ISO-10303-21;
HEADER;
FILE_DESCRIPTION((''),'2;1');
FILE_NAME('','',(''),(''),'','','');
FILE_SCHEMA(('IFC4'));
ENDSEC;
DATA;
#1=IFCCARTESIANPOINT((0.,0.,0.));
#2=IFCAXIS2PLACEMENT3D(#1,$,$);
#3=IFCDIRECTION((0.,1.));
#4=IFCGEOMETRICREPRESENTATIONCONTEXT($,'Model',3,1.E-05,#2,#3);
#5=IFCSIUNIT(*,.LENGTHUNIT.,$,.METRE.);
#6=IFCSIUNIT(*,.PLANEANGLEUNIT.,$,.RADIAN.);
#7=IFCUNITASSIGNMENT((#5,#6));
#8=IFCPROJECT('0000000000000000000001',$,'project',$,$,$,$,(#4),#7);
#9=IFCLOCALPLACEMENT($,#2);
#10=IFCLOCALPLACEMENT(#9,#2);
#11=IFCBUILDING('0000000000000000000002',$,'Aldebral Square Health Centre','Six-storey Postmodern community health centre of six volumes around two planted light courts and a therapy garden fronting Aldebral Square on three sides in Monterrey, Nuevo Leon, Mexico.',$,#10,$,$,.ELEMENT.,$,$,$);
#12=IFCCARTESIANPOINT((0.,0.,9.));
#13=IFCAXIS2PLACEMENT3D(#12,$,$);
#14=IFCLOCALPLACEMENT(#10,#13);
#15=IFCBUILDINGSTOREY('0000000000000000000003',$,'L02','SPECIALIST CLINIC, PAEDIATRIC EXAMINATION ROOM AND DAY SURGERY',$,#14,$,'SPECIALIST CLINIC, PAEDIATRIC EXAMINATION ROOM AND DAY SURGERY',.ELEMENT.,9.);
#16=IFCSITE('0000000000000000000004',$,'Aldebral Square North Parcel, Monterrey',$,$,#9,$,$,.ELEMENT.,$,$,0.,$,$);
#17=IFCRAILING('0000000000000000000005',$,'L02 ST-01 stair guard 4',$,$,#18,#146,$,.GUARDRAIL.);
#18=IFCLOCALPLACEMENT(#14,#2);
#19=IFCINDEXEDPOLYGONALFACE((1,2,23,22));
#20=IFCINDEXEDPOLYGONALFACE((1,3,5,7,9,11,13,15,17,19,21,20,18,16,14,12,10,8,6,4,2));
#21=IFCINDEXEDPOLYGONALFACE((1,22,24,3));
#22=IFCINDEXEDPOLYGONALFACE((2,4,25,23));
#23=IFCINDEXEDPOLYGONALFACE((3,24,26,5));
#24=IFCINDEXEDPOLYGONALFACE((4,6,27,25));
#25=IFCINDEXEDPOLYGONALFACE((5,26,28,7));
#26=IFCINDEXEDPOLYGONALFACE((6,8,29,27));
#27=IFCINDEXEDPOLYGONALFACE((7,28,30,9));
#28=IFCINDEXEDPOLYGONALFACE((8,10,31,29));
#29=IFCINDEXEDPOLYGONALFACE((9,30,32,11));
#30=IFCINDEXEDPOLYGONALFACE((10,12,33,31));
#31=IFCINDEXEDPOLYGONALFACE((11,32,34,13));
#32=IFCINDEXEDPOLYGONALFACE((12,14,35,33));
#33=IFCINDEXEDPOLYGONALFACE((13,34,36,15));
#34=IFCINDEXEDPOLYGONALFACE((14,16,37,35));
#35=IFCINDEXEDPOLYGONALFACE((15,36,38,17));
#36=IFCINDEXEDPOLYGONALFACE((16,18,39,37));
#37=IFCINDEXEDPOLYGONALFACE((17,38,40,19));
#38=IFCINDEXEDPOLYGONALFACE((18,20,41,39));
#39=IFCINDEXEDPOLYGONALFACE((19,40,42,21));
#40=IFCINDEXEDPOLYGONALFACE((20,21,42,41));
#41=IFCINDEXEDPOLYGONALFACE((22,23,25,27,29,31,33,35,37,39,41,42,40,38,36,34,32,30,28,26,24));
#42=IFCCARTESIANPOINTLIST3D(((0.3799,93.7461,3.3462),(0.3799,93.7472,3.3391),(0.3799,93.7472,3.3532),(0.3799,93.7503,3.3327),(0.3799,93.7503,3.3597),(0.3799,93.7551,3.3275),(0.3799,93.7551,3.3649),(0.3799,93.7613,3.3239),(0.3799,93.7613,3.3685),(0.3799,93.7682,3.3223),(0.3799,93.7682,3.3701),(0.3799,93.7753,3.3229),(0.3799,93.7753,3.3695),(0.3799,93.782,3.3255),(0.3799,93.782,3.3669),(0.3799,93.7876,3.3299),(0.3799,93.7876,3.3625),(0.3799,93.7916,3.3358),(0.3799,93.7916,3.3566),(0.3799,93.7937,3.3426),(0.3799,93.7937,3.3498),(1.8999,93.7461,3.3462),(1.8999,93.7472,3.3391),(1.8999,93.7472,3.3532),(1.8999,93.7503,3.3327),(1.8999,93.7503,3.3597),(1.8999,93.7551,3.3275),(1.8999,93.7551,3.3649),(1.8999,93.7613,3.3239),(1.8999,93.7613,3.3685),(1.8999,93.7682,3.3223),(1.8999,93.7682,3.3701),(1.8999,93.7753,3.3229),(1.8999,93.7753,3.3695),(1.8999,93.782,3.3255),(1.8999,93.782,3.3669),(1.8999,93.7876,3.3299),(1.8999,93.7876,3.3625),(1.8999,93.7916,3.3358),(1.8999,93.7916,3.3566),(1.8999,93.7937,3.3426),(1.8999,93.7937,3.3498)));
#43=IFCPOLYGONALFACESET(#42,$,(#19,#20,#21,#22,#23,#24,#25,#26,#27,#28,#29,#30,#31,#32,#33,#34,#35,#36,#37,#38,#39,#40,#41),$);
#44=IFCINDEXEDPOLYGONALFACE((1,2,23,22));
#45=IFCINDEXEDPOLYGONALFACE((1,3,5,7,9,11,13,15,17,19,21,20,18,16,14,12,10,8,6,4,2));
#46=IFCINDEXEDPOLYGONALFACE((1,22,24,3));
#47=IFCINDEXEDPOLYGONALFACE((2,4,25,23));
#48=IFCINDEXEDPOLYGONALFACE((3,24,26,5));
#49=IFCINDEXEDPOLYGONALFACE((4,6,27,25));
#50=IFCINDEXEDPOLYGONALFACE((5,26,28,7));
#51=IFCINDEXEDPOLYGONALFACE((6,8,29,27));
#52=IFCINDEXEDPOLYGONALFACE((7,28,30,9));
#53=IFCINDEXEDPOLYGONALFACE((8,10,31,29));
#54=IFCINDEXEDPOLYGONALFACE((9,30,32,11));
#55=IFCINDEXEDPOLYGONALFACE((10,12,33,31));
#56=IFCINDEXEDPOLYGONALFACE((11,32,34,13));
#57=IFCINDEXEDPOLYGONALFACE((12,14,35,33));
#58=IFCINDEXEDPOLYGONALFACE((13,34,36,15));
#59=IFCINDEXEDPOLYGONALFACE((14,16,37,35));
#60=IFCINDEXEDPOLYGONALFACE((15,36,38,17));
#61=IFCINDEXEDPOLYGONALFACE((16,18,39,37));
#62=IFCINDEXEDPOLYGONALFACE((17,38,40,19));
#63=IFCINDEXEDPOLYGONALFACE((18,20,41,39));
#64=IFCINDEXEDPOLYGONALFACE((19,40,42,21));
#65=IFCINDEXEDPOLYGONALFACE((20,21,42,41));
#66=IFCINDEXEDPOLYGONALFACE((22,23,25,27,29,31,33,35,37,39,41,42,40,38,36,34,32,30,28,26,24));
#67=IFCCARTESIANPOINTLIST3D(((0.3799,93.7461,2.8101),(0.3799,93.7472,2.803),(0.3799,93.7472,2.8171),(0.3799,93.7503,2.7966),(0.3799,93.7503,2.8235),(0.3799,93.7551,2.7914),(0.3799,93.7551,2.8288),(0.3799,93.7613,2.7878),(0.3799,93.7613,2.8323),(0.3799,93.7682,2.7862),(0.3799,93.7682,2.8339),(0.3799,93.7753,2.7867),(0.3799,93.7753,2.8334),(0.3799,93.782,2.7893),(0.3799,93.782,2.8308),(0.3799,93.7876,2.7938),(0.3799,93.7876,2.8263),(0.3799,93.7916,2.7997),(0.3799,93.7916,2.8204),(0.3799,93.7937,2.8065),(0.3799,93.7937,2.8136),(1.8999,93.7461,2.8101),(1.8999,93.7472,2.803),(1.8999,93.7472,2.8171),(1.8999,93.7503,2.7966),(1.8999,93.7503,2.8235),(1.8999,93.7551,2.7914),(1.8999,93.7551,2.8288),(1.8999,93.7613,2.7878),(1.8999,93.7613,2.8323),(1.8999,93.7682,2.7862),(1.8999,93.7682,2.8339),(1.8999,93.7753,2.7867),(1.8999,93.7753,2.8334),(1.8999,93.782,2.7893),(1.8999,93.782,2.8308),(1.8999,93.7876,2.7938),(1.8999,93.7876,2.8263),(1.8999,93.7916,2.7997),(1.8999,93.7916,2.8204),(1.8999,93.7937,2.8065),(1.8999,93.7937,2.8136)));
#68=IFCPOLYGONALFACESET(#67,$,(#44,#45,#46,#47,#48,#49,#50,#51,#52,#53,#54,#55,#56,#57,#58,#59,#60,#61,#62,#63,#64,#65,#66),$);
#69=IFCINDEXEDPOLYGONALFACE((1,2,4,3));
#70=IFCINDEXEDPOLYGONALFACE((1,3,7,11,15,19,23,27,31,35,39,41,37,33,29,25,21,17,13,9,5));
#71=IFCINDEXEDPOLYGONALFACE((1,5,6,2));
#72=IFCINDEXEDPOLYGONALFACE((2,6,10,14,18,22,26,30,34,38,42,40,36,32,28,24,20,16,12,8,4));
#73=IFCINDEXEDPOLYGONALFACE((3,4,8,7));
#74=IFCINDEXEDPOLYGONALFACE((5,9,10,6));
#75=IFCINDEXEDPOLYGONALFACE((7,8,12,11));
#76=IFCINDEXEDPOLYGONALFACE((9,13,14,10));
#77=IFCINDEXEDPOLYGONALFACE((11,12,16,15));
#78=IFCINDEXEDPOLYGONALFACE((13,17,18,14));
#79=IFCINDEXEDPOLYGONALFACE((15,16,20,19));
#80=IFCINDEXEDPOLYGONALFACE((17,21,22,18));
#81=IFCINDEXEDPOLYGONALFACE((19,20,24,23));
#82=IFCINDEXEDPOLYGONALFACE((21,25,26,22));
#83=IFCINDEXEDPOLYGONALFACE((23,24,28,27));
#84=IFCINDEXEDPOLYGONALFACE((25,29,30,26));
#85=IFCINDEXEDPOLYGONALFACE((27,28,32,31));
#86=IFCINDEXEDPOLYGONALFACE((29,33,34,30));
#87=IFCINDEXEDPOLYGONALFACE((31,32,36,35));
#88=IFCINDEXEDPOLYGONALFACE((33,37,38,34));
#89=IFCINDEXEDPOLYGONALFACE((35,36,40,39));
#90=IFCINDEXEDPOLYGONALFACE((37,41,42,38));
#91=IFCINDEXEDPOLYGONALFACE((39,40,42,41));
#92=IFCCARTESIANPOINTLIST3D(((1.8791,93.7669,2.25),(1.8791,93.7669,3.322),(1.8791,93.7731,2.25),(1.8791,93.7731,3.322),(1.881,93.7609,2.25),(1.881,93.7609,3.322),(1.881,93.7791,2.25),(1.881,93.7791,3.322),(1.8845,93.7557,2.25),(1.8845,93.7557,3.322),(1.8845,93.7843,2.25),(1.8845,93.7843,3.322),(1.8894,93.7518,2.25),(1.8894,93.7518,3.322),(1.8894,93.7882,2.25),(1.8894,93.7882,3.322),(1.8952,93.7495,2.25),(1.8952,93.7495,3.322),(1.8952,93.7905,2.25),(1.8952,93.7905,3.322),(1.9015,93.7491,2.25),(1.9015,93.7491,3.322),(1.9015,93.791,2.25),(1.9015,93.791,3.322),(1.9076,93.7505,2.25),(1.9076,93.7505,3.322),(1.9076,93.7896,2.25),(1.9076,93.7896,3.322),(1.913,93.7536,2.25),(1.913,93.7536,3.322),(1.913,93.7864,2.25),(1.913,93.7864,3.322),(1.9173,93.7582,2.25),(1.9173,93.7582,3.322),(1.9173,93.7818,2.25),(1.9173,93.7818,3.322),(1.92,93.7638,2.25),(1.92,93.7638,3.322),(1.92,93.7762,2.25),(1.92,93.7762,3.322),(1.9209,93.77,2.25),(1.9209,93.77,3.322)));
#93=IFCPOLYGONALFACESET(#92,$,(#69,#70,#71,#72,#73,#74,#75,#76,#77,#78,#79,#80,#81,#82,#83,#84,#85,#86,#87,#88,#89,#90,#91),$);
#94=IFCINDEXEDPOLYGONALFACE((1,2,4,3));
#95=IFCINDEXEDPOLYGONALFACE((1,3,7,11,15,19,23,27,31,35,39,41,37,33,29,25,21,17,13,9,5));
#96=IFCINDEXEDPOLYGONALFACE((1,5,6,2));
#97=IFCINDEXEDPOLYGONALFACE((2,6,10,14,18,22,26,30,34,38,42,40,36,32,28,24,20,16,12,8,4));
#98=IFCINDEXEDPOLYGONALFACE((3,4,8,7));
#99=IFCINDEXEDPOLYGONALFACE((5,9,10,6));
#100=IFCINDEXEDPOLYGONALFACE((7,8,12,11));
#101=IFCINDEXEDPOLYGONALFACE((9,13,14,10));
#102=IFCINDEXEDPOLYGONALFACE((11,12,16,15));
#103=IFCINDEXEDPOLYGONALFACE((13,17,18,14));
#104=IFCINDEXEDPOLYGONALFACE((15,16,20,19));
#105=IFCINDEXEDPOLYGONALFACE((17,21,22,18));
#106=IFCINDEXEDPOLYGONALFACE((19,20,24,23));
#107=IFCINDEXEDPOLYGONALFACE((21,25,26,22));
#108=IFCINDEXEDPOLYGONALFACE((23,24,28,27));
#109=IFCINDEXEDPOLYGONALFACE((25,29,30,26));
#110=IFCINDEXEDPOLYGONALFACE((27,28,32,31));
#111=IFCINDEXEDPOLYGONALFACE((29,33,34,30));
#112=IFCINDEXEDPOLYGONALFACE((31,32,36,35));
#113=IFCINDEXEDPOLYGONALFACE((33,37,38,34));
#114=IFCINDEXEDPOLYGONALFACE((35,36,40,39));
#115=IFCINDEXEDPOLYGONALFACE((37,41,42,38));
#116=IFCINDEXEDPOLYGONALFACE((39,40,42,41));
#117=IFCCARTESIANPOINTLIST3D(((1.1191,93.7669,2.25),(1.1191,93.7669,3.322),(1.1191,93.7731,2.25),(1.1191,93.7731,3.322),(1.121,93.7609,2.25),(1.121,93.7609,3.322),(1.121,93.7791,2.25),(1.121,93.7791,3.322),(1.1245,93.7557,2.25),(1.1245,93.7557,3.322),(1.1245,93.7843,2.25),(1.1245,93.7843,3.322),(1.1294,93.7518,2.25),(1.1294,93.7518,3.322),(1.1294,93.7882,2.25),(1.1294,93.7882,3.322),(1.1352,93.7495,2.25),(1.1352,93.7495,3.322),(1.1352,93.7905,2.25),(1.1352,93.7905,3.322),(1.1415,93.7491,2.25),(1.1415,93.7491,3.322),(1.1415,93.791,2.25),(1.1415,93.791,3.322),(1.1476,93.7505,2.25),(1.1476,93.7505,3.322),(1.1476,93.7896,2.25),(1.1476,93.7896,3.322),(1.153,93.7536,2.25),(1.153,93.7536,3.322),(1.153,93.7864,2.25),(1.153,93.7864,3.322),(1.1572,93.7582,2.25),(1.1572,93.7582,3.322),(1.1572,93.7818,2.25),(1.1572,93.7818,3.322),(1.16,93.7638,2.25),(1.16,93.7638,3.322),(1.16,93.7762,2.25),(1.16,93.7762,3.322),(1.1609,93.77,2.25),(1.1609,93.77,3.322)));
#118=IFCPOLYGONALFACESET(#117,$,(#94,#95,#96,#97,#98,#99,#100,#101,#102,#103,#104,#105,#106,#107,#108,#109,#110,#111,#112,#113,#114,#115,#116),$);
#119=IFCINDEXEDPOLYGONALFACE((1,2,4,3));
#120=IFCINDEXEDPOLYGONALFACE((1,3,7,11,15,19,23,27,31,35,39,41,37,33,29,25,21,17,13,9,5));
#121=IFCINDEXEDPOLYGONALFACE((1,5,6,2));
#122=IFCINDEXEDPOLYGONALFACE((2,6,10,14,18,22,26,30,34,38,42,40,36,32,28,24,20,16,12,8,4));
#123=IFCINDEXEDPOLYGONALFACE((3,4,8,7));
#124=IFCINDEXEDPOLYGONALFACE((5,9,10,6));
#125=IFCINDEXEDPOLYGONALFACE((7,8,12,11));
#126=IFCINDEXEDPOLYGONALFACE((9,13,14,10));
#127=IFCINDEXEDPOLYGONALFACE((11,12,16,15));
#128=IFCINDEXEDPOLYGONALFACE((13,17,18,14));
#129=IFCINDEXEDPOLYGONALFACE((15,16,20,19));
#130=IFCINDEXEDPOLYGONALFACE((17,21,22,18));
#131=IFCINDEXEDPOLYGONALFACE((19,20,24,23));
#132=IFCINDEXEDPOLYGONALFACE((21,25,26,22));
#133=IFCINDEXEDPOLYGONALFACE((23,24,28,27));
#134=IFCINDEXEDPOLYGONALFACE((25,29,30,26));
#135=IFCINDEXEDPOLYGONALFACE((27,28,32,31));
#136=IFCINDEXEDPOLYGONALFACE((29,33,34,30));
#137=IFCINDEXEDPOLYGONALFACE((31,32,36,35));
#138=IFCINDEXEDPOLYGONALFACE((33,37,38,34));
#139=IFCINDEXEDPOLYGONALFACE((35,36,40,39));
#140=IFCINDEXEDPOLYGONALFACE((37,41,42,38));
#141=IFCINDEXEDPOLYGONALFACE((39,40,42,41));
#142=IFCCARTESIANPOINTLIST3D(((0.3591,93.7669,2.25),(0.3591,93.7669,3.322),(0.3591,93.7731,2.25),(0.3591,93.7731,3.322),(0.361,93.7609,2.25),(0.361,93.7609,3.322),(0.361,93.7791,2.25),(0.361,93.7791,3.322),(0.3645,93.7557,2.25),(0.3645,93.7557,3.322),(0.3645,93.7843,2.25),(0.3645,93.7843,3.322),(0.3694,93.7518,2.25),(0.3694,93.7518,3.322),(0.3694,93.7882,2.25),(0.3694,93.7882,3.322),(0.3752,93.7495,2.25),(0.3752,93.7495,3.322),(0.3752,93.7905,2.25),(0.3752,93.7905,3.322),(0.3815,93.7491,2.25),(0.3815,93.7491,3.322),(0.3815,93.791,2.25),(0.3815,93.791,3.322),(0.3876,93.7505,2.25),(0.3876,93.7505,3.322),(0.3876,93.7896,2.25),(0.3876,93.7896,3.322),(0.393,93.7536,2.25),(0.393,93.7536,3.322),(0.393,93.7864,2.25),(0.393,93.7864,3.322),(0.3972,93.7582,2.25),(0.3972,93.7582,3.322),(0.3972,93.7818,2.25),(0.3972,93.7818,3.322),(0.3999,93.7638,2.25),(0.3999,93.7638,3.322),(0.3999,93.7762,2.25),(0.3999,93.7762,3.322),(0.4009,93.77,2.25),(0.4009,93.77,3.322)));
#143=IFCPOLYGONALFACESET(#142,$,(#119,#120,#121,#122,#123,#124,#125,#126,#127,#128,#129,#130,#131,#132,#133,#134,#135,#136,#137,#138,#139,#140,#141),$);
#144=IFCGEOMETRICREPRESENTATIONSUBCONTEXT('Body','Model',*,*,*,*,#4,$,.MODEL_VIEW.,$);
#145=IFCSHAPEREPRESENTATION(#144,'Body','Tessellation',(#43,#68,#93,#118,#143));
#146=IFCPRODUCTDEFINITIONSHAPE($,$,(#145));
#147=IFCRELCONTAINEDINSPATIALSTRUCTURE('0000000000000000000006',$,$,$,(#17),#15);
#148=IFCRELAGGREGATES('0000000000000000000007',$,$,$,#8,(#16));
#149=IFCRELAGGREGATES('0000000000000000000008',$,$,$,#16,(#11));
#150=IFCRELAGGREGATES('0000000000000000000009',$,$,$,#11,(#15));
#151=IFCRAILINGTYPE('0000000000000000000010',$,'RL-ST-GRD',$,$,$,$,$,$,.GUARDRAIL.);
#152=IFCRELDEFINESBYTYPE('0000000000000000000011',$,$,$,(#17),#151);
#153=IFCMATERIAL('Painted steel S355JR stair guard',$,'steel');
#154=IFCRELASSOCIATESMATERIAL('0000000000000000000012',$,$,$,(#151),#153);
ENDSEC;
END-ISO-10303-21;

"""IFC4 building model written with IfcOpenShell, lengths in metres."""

from ifc_helpers import new_model, si_unit, direction, frame, origin, origin_2d, place, context, subcontext, project, spatial, circle, extrude, material, type_object, element, save


model = new_model("IFC4")

# Units and contexts
model_context = context("Model", 3, precision=1e-05, world=origin(), true_north=direction((0.0, 1.0)))
body_context = subcontext(model_context, "Body", "Model", "MODEL_VIEW")
ifc_project = project(units=[si_unit("LENGTHUNIT", "METRE"), si_unit("PLANEANGLEUNIT", "RADIAN")], contexts=[model_context])

# Site, building, storey
site_placement = place(None, origin())
site = spatial("IfcSite", under=ifc_project, at=site_placement, Name="Aldebral Square North Parcel, Monterrey", CompositionType="ELEMENT", RefElevation=0.0)
building_placement = place(site_placement, origin())
building = spatial("IfcBuilding", under=site, at=building_placement, Name="Aldebral Square Health Centre", Description="Six-storey Postmodern community health centre of six volumes around two planted light courts and a therapy garden fronting Aldebral Square on three sides in Monterrey, Nuevo Leon, Mexico.", CompositionType="ELEMENT")
storey_placement = place(building_placement, frame((0.0, 0.0, 9.0)))
storey = spatial("IfcBuildingStorey", under=building, at=storey_placement, Name="L02", Description="SPECIALIST CLINIC, PAEDIATRIC EXAMINATION ROOM AND DAY SURGERY", LongName="SPECIALIST CLINIC, PAEDIATRIC EXAMINATION ROOM AND DAY SURGERY", CompositionType="ELEMENT", Elevation=9.0)

# Railing
ifc_material_1 = material(Name="Painted steel S355JR stair guard", Category="steel")
railing_type_1 = type_object("IfcRailingType", Name="RL-ST-GRD", PredefinedType="GUARDRAIL", material=ifc_material_1)
railing_1_placement = place(storey_placement, frame((1.8999, 93.77, 2.25)))
element("IfcRailing", 1, at=railing_1_placement, inside=storey, type_object=railing_type_1, Name="L02 ST-01 stair guard 4", PredefinedType="GUARDRAIL", context=body_context, shape_type="SweptSolid", body=[
    extrude(circle(Radius=0.0239, at=origin_2d()), frame((0.0, 0.0, 1.0962), z_axis=(-1.0, 0.0, 0.0), x_axis=(0.0, -1.0, 0.0)), (0.0, 0.0, 1.0), 1.52),
    extrude(circle(Radius=0.0239, at=origin_2d()), frame((0.0, 0.0, 0.5601), z_axis=(-1.0, 0.0, 0.0), x_axis=(0.0, -1.0, 0.0)), (0.0, 0.0, 1.0), 1.52),
    extrude(circle(Radius=0.021, at=origin_2d()), origin(), (0.0, 0.0, 1.0), 1.072),
    extrude(circle(Radius=0.021, at=origin_2d()), frame((-0.76, 0.0, 0.0)), (0.0, 0.0, 1.0), 1.072),
    extrude(circle(Radius=0.021, at=origin_2d()), frame((-1.52, 0.0, 0.0)), (0.0, 0.0, 1.0), 1.072),
])

save(model, "model.ifc")
